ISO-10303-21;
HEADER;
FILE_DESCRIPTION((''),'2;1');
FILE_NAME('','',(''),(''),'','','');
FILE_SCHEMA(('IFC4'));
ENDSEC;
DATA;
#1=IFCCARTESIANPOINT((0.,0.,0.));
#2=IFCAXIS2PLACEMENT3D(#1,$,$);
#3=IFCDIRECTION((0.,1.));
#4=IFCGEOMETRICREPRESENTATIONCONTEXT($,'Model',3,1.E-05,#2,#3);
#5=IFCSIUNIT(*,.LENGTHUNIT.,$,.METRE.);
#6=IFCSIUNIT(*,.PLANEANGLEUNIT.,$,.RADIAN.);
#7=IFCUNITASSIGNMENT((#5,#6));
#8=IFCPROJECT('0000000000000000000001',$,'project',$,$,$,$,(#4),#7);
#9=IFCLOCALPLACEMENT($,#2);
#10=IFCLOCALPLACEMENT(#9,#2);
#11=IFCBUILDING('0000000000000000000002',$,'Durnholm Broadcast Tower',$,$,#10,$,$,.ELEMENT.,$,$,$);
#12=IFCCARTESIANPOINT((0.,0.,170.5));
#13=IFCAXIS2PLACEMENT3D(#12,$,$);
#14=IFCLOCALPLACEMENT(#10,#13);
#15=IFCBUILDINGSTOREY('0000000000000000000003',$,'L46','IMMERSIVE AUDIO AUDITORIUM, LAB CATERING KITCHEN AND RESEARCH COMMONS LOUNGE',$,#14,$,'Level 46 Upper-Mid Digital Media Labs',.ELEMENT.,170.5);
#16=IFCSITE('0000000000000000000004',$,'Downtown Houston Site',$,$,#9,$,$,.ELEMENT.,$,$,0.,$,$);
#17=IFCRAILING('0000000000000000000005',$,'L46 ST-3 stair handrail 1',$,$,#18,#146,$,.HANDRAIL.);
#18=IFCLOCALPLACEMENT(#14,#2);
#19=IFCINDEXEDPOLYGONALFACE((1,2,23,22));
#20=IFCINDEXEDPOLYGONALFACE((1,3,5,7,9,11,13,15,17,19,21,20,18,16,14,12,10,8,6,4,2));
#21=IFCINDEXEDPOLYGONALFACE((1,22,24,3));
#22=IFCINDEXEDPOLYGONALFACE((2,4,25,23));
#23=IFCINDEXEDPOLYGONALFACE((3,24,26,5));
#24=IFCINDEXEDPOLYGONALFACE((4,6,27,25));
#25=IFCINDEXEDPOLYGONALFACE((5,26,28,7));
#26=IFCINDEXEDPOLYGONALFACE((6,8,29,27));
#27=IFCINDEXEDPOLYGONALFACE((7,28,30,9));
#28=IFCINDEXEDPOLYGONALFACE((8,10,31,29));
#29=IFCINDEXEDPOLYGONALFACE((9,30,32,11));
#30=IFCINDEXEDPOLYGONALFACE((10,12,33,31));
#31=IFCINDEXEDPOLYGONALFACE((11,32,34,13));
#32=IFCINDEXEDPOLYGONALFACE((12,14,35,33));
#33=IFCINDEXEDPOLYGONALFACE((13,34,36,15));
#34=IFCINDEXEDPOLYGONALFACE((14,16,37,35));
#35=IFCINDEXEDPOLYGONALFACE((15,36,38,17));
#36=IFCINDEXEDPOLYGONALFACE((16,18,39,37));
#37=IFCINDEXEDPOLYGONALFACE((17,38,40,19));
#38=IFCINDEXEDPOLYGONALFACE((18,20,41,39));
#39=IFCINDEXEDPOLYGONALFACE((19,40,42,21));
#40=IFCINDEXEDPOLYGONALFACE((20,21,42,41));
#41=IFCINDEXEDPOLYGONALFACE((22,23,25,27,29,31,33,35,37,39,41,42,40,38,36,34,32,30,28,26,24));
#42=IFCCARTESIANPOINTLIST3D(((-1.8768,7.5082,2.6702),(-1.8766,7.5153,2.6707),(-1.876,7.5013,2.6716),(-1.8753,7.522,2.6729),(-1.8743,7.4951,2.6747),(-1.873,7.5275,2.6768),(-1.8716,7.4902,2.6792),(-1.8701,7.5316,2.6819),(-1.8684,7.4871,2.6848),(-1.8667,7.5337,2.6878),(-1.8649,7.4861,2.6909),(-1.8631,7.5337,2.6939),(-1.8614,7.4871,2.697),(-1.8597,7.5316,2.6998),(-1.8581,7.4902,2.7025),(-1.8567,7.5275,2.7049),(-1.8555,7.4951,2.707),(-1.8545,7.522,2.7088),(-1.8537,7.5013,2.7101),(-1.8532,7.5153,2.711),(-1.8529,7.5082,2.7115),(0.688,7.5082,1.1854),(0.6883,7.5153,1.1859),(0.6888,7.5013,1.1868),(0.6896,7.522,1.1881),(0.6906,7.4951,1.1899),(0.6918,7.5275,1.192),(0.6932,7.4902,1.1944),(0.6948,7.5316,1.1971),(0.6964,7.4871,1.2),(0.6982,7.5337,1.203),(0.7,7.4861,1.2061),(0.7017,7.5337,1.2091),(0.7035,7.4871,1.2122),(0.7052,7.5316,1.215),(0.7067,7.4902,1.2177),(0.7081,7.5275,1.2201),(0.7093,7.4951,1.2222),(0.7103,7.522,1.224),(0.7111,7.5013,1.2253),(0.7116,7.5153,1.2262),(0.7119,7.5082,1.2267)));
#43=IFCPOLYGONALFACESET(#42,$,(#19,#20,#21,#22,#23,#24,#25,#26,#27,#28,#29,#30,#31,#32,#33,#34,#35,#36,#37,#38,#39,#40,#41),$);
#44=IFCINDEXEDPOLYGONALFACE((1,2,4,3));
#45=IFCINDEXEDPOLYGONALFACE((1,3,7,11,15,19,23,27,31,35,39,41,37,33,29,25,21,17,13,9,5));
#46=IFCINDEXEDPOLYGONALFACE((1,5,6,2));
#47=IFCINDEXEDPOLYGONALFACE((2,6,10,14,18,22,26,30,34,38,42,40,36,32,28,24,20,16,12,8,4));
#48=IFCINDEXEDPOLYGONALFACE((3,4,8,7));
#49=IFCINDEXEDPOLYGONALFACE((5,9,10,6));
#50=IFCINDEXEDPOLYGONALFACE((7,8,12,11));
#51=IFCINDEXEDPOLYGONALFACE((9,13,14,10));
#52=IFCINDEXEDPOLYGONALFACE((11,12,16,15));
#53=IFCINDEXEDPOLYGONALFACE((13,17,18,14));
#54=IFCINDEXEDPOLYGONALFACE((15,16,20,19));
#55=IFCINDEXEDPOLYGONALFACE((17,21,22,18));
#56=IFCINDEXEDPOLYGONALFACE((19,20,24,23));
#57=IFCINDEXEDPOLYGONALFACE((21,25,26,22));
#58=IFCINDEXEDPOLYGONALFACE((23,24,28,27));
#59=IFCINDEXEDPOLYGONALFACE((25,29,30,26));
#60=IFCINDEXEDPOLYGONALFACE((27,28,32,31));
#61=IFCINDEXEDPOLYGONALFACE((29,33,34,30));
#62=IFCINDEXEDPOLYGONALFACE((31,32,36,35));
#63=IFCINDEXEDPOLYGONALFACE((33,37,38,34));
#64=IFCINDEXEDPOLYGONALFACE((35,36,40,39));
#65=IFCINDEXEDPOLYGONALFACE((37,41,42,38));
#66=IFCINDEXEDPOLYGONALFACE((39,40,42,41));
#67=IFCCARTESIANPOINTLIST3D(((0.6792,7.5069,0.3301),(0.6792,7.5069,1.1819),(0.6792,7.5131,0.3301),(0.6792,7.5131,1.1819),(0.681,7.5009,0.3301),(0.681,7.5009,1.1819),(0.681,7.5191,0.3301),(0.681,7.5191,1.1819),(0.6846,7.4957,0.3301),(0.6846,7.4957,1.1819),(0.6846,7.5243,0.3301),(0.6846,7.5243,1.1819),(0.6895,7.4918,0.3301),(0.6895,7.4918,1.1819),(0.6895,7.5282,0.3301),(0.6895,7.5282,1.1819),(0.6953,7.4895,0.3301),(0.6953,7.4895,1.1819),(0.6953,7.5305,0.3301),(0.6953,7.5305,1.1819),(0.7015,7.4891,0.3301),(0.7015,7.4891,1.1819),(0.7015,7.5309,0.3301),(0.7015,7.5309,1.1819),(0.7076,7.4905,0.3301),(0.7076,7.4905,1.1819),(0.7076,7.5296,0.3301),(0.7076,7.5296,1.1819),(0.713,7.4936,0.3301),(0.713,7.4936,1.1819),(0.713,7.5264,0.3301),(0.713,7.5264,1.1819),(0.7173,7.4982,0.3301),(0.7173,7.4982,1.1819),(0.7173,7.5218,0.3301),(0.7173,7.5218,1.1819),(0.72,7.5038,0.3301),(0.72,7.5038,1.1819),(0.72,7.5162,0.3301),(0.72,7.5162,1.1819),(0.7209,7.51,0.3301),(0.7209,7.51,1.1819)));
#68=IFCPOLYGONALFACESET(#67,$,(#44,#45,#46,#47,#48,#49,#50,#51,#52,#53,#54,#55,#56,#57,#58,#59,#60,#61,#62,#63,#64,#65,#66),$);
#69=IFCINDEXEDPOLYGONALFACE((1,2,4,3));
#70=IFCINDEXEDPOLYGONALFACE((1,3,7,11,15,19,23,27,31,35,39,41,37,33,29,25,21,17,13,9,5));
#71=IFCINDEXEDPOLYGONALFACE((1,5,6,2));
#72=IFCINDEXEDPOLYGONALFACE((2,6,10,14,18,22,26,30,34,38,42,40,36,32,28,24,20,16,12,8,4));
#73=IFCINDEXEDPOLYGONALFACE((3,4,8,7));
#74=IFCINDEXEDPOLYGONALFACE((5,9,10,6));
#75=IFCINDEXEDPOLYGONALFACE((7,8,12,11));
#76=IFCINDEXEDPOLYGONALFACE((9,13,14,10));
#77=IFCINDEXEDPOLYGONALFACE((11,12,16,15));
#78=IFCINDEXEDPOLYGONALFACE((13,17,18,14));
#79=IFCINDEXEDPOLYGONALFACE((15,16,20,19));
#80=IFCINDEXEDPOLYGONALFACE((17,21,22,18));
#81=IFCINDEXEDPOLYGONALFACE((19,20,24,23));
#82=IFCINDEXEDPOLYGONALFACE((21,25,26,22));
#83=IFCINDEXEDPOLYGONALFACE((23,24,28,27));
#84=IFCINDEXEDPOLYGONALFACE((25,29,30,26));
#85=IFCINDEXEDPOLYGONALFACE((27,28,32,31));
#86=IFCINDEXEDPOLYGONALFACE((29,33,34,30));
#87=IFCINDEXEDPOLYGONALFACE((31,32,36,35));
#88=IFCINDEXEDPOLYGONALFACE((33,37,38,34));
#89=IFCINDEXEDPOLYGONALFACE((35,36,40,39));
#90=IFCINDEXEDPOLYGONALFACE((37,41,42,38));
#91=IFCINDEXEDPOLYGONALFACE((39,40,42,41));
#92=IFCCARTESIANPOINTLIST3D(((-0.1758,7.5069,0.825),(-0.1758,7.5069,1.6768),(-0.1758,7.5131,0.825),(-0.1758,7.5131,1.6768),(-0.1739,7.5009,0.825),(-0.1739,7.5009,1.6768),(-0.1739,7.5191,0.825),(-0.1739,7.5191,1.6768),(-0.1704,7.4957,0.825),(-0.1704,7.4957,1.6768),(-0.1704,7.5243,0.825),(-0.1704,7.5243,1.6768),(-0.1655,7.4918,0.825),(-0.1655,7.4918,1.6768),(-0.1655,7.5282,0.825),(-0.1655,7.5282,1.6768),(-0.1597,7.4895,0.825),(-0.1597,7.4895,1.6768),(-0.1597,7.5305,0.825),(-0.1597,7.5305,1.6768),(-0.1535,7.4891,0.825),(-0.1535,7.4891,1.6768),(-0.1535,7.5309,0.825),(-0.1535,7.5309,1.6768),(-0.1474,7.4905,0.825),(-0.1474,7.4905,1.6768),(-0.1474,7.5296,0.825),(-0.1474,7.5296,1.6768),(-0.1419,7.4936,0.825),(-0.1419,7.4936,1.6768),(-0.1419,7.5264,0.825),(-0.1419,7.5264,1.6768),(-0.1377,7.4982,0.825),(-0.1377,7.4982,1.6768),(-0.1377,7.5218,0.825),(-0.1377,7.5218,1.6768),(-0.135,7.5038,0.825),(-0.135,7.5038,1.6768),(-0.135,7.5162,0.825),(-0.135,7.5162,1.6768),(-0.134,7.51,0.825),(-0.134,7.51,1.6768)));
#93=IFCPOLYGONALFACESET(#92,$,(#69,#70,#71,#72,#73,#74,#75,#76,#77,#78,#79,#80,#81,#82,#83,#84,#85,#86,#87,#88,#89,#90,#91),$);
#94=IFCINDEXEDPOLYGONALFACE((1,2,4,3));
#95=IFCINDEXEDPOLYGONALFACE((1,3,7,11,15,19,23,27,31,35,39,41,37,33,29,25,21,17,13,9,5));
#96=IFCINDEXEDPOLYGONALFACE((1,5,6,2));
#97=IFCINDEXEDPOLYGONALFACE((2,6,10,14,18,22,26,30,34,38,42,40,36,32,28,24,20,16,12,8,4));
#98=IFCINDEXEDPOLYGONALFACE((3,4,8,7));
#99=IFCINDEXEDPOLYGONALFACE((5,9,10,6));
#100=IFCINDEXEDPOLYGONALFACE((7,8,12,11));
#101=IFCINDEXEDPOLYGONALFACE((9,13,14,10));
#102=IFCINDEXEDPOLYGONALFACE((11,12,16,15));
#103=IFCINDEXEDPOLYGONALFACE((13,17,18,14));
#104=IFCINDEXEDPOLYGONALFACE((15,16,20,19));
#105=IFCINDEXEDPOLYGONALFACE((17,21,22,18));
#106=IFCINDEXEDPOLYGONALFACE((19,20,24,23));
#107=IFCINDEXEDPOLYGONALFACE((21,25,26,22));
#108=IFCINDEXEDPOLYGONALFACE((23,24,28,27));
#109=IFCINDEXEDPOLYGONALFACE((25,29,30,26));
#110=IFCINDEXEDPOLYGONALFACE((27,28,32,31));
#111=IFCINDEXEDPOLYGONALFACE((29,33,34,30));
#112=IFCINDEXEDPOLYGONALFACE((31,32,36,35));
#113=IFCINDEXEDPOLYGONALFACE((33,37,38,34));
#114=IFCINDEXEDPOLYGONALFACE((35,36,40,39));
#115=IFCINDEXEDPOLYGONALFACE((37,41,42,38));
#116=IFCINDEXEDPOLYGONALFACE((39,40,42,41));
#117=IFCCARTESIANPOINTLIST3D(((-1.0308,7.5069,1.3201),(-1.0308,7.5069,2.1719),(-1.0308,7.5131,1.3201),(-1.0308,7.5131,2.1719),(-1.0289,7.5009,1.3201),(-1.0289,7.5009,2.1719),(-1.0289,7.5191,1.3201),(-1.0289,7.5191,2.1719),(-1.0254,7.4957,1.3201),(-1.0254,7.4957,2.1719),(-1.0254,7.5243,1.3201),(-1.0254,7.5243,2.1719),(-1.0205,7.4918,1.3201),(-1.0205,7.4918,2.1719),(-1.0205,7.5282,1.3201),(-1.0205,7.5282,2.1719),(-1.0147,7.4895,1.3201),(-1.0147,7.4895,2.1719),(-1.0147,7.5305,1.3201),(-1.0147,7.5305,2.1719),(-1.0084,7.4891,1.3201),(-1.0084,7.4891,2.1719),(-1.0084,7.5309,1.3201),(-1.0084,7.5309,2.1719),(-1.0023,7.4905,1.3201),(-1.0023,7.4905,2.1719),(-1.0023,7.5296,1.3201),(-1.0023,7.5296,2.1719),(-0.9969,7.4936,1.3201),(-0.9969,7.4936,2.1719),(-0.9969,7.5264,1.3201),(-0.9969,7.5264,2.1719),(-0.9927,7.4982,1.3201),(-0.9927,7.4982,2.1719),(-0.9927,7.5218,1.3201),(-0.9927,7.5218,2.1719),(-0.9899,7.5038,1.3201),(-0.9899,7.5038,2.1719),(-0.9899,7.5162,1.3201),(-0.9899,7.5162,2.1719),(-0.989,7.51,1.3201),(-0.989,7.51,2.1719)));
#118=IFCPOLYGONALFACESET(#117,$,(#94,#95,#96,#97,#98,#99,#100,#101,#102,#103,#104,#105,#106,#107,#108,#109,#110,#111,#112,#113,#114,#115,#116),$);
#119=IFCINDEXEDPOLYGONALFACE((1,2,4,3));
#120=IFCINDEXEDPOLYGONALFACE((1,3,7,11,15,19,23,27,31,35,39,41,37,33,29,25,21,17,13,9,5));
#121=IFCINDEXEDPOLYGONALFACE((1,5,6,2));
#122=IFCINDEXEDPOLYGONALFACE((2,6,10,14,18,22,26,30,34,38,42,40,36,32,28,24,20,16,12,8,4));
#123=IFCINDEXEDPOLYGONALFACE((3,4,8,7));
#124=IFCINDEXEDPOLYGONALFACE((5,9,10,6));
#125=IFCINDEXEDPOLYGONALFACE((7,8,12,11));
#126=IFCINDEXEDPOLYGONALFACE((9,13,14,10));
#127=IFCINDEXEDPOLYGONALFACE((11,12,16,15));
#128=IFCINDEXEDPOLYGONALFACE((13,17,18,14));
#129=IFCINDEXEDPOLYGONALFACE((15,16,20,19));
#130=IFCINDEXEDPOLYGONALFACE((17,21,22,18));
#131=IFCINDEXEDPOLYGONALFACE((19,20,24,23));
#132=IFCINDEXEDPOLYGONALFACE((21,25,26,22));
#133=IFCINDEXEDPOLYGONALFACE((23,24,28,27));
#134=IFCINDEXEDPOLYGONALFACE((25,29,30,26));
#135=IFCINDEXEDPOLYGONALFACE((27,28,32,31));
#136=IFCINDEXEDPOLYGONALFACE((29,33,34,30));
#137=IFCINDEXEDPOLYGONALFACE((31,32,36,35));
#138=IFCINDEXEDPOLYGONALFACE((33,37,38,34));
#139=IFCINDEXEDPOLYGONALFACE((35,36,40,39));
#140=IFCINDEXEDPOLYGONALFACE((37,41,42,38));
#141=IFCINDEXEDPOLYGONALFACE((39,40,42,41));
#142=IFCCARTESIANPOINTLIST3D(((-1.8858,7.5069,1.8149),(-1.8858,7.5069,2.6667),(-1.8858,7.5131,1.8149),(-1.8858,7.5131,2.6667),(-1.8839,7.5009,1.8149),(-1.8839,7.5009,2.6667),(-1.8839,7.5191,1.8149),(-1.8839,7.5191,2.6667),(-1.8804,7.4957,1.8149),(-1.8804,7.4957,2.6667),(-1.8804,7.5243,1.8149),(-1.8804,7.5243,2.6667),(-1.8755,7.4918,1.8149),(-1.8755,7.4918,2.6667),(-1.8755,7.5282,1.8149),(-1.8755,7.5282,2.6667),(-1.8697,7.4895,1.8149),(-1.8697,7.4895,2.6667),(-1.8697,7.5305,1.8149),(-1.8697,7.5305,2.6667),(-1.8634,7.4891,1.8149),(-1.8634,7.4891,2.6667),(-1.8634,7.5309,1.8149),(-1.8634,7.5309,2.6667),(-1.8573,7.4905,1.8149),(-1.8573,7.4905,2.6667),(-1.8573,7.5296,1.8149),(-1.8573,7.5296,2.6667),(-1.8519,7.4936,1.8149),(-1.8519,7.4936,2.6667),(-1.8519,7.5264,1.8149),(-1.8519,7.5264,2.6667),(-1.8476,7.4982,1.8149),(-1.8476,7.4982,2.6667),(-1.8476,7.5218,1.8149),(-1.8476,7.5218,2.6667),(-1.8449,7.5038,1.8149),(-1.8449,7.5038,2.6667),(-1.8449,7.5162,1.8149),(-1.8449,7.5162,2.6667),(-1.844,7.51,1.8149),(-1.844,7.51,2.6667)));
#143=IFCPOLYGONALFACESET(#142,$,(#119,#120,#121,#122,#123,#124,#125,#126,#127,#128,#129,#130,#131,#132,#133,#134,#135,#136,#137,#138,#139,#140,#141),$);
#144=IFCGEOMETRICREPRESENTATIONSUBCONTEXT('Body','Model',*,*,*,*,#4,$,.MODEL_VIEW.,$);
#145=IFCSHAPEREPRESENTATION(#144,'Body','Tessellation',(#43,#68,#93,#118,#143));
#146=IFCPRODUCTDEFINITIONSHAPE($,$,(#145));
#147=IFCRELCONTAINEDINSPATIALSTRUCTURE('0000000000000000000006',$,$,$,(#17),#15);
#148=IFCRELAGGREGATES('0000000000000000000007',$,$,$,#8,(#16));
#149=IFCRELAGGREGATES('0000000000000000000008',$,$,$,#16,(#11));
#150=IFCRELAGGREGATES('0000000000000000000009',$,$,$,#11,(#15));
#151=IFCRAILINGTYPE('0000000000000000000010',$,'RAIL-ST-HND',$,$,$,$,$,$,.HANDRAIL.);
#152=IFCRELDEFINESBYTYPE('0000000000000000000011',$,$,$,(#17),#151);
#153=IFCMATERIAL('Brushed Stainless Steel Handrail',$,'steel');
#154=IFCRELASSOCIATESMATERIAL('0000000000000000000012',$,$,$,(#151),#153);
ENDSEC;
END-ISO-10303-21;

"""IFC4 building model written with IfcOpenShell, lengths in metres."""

from ifc_helpers import new_model, si_unit, direction, frame, origin, origin_2d, place, context, subcontext, project, spatial, circle, extrude, material, type_object, element, save


model = new_model("IFC4")

# Units and contexts
model_context = context("Model", 3, precision=1e-05, world=origin(), true_north=direction((0.0, 1.0)))
body_context = subcontext(model_context, "Body", "Model", "MODEL_VIEW")
ifc_project = project(units=[si_unit("LENGTHUNIT", "METRE"), si_unit("PLANEANGLEUNIT", "RADIAN")], contexts=[model_context])

# Site, building, storey
site_placement = place(None, origin())
site = spatial("IfcSite", under=ifc_project, at=site_placement, Name="Downtown Houston Site", CompositionType="ELEMENT", RefElevation=0.0)
building_placement = place(site_placement, origin())
building = spatial("IfcBuilding", under=site, at=building_placement, Name="Durnholm Broadcast Tower", CompositionType="ELEMENT")
storey_placement = place(building_placement, frame((0.0, 0.0, 170.5)))
storey = spatial("IfcBuildingStorey", under=building, at=storey_placement, Name="L46", Description="IMMERSIVE AUDIO AUDITORIUM, LAB CATERING KITCHEN AND RESEARCH COMMONS LOUNGE", LongName="Level 46 Upper-Mid Digital Media Labs", CompositionType="ELEMENT", Elevation=170.5)

# Railing
ifc_material_1 = material(Name="Brushed Stainless Steel Handrail", Category="steel")
railing_type_1 = type_object("IfcRailingType", Name="RAIL-ST-HND", PredefinedType="HANDRAIL", material=ifc_material_1)
railing_1_placement = place(storey_placement, frame((0.7, 7.51, 0.3301)))
element("IfcRailing", 1, at=railing_1_placement, inside=storey, type_object=railing_type_1, Name="L46 ST-3 stair handrail 1", PredefinedType="HANDRAIL", context=body_context, shape_type="SweptSolid", body=[
    extrude(circle(Radius=0.0239, at=origin_2d()), frame((0.0, 0.0, 0.876), z_axis=(-0.865441, 0.0, 0.50101), x_axis=(0.0, -1.0, 0.0)), (0.0, 0.0, 1.0), 2.9636),
    extrude(circle(Radius=0.021, at=origin_2d()), origin(), (0.0, 0.0, 1.0), 0.8518),
    extrude(circle(Radius=0.021, at=origin_2d()), frame((-0.855, 0.0, 0.4949)), (0.0, 0.0, 1.0), 0.8518),
    extrude(circle(Radius=0.021, at=origin_2d()), frame((-1.71, 0.0, 0.99)), (0.0, 0.0, 1.0), 0.8518),
    extrude(circle(Radius=0.021, at=origin_2d()), frame((-2.5649, 0.0, 1.4849)), (0.0, 0.0, 1.0), 0.8518),
])

save(model, "model.ifc")
